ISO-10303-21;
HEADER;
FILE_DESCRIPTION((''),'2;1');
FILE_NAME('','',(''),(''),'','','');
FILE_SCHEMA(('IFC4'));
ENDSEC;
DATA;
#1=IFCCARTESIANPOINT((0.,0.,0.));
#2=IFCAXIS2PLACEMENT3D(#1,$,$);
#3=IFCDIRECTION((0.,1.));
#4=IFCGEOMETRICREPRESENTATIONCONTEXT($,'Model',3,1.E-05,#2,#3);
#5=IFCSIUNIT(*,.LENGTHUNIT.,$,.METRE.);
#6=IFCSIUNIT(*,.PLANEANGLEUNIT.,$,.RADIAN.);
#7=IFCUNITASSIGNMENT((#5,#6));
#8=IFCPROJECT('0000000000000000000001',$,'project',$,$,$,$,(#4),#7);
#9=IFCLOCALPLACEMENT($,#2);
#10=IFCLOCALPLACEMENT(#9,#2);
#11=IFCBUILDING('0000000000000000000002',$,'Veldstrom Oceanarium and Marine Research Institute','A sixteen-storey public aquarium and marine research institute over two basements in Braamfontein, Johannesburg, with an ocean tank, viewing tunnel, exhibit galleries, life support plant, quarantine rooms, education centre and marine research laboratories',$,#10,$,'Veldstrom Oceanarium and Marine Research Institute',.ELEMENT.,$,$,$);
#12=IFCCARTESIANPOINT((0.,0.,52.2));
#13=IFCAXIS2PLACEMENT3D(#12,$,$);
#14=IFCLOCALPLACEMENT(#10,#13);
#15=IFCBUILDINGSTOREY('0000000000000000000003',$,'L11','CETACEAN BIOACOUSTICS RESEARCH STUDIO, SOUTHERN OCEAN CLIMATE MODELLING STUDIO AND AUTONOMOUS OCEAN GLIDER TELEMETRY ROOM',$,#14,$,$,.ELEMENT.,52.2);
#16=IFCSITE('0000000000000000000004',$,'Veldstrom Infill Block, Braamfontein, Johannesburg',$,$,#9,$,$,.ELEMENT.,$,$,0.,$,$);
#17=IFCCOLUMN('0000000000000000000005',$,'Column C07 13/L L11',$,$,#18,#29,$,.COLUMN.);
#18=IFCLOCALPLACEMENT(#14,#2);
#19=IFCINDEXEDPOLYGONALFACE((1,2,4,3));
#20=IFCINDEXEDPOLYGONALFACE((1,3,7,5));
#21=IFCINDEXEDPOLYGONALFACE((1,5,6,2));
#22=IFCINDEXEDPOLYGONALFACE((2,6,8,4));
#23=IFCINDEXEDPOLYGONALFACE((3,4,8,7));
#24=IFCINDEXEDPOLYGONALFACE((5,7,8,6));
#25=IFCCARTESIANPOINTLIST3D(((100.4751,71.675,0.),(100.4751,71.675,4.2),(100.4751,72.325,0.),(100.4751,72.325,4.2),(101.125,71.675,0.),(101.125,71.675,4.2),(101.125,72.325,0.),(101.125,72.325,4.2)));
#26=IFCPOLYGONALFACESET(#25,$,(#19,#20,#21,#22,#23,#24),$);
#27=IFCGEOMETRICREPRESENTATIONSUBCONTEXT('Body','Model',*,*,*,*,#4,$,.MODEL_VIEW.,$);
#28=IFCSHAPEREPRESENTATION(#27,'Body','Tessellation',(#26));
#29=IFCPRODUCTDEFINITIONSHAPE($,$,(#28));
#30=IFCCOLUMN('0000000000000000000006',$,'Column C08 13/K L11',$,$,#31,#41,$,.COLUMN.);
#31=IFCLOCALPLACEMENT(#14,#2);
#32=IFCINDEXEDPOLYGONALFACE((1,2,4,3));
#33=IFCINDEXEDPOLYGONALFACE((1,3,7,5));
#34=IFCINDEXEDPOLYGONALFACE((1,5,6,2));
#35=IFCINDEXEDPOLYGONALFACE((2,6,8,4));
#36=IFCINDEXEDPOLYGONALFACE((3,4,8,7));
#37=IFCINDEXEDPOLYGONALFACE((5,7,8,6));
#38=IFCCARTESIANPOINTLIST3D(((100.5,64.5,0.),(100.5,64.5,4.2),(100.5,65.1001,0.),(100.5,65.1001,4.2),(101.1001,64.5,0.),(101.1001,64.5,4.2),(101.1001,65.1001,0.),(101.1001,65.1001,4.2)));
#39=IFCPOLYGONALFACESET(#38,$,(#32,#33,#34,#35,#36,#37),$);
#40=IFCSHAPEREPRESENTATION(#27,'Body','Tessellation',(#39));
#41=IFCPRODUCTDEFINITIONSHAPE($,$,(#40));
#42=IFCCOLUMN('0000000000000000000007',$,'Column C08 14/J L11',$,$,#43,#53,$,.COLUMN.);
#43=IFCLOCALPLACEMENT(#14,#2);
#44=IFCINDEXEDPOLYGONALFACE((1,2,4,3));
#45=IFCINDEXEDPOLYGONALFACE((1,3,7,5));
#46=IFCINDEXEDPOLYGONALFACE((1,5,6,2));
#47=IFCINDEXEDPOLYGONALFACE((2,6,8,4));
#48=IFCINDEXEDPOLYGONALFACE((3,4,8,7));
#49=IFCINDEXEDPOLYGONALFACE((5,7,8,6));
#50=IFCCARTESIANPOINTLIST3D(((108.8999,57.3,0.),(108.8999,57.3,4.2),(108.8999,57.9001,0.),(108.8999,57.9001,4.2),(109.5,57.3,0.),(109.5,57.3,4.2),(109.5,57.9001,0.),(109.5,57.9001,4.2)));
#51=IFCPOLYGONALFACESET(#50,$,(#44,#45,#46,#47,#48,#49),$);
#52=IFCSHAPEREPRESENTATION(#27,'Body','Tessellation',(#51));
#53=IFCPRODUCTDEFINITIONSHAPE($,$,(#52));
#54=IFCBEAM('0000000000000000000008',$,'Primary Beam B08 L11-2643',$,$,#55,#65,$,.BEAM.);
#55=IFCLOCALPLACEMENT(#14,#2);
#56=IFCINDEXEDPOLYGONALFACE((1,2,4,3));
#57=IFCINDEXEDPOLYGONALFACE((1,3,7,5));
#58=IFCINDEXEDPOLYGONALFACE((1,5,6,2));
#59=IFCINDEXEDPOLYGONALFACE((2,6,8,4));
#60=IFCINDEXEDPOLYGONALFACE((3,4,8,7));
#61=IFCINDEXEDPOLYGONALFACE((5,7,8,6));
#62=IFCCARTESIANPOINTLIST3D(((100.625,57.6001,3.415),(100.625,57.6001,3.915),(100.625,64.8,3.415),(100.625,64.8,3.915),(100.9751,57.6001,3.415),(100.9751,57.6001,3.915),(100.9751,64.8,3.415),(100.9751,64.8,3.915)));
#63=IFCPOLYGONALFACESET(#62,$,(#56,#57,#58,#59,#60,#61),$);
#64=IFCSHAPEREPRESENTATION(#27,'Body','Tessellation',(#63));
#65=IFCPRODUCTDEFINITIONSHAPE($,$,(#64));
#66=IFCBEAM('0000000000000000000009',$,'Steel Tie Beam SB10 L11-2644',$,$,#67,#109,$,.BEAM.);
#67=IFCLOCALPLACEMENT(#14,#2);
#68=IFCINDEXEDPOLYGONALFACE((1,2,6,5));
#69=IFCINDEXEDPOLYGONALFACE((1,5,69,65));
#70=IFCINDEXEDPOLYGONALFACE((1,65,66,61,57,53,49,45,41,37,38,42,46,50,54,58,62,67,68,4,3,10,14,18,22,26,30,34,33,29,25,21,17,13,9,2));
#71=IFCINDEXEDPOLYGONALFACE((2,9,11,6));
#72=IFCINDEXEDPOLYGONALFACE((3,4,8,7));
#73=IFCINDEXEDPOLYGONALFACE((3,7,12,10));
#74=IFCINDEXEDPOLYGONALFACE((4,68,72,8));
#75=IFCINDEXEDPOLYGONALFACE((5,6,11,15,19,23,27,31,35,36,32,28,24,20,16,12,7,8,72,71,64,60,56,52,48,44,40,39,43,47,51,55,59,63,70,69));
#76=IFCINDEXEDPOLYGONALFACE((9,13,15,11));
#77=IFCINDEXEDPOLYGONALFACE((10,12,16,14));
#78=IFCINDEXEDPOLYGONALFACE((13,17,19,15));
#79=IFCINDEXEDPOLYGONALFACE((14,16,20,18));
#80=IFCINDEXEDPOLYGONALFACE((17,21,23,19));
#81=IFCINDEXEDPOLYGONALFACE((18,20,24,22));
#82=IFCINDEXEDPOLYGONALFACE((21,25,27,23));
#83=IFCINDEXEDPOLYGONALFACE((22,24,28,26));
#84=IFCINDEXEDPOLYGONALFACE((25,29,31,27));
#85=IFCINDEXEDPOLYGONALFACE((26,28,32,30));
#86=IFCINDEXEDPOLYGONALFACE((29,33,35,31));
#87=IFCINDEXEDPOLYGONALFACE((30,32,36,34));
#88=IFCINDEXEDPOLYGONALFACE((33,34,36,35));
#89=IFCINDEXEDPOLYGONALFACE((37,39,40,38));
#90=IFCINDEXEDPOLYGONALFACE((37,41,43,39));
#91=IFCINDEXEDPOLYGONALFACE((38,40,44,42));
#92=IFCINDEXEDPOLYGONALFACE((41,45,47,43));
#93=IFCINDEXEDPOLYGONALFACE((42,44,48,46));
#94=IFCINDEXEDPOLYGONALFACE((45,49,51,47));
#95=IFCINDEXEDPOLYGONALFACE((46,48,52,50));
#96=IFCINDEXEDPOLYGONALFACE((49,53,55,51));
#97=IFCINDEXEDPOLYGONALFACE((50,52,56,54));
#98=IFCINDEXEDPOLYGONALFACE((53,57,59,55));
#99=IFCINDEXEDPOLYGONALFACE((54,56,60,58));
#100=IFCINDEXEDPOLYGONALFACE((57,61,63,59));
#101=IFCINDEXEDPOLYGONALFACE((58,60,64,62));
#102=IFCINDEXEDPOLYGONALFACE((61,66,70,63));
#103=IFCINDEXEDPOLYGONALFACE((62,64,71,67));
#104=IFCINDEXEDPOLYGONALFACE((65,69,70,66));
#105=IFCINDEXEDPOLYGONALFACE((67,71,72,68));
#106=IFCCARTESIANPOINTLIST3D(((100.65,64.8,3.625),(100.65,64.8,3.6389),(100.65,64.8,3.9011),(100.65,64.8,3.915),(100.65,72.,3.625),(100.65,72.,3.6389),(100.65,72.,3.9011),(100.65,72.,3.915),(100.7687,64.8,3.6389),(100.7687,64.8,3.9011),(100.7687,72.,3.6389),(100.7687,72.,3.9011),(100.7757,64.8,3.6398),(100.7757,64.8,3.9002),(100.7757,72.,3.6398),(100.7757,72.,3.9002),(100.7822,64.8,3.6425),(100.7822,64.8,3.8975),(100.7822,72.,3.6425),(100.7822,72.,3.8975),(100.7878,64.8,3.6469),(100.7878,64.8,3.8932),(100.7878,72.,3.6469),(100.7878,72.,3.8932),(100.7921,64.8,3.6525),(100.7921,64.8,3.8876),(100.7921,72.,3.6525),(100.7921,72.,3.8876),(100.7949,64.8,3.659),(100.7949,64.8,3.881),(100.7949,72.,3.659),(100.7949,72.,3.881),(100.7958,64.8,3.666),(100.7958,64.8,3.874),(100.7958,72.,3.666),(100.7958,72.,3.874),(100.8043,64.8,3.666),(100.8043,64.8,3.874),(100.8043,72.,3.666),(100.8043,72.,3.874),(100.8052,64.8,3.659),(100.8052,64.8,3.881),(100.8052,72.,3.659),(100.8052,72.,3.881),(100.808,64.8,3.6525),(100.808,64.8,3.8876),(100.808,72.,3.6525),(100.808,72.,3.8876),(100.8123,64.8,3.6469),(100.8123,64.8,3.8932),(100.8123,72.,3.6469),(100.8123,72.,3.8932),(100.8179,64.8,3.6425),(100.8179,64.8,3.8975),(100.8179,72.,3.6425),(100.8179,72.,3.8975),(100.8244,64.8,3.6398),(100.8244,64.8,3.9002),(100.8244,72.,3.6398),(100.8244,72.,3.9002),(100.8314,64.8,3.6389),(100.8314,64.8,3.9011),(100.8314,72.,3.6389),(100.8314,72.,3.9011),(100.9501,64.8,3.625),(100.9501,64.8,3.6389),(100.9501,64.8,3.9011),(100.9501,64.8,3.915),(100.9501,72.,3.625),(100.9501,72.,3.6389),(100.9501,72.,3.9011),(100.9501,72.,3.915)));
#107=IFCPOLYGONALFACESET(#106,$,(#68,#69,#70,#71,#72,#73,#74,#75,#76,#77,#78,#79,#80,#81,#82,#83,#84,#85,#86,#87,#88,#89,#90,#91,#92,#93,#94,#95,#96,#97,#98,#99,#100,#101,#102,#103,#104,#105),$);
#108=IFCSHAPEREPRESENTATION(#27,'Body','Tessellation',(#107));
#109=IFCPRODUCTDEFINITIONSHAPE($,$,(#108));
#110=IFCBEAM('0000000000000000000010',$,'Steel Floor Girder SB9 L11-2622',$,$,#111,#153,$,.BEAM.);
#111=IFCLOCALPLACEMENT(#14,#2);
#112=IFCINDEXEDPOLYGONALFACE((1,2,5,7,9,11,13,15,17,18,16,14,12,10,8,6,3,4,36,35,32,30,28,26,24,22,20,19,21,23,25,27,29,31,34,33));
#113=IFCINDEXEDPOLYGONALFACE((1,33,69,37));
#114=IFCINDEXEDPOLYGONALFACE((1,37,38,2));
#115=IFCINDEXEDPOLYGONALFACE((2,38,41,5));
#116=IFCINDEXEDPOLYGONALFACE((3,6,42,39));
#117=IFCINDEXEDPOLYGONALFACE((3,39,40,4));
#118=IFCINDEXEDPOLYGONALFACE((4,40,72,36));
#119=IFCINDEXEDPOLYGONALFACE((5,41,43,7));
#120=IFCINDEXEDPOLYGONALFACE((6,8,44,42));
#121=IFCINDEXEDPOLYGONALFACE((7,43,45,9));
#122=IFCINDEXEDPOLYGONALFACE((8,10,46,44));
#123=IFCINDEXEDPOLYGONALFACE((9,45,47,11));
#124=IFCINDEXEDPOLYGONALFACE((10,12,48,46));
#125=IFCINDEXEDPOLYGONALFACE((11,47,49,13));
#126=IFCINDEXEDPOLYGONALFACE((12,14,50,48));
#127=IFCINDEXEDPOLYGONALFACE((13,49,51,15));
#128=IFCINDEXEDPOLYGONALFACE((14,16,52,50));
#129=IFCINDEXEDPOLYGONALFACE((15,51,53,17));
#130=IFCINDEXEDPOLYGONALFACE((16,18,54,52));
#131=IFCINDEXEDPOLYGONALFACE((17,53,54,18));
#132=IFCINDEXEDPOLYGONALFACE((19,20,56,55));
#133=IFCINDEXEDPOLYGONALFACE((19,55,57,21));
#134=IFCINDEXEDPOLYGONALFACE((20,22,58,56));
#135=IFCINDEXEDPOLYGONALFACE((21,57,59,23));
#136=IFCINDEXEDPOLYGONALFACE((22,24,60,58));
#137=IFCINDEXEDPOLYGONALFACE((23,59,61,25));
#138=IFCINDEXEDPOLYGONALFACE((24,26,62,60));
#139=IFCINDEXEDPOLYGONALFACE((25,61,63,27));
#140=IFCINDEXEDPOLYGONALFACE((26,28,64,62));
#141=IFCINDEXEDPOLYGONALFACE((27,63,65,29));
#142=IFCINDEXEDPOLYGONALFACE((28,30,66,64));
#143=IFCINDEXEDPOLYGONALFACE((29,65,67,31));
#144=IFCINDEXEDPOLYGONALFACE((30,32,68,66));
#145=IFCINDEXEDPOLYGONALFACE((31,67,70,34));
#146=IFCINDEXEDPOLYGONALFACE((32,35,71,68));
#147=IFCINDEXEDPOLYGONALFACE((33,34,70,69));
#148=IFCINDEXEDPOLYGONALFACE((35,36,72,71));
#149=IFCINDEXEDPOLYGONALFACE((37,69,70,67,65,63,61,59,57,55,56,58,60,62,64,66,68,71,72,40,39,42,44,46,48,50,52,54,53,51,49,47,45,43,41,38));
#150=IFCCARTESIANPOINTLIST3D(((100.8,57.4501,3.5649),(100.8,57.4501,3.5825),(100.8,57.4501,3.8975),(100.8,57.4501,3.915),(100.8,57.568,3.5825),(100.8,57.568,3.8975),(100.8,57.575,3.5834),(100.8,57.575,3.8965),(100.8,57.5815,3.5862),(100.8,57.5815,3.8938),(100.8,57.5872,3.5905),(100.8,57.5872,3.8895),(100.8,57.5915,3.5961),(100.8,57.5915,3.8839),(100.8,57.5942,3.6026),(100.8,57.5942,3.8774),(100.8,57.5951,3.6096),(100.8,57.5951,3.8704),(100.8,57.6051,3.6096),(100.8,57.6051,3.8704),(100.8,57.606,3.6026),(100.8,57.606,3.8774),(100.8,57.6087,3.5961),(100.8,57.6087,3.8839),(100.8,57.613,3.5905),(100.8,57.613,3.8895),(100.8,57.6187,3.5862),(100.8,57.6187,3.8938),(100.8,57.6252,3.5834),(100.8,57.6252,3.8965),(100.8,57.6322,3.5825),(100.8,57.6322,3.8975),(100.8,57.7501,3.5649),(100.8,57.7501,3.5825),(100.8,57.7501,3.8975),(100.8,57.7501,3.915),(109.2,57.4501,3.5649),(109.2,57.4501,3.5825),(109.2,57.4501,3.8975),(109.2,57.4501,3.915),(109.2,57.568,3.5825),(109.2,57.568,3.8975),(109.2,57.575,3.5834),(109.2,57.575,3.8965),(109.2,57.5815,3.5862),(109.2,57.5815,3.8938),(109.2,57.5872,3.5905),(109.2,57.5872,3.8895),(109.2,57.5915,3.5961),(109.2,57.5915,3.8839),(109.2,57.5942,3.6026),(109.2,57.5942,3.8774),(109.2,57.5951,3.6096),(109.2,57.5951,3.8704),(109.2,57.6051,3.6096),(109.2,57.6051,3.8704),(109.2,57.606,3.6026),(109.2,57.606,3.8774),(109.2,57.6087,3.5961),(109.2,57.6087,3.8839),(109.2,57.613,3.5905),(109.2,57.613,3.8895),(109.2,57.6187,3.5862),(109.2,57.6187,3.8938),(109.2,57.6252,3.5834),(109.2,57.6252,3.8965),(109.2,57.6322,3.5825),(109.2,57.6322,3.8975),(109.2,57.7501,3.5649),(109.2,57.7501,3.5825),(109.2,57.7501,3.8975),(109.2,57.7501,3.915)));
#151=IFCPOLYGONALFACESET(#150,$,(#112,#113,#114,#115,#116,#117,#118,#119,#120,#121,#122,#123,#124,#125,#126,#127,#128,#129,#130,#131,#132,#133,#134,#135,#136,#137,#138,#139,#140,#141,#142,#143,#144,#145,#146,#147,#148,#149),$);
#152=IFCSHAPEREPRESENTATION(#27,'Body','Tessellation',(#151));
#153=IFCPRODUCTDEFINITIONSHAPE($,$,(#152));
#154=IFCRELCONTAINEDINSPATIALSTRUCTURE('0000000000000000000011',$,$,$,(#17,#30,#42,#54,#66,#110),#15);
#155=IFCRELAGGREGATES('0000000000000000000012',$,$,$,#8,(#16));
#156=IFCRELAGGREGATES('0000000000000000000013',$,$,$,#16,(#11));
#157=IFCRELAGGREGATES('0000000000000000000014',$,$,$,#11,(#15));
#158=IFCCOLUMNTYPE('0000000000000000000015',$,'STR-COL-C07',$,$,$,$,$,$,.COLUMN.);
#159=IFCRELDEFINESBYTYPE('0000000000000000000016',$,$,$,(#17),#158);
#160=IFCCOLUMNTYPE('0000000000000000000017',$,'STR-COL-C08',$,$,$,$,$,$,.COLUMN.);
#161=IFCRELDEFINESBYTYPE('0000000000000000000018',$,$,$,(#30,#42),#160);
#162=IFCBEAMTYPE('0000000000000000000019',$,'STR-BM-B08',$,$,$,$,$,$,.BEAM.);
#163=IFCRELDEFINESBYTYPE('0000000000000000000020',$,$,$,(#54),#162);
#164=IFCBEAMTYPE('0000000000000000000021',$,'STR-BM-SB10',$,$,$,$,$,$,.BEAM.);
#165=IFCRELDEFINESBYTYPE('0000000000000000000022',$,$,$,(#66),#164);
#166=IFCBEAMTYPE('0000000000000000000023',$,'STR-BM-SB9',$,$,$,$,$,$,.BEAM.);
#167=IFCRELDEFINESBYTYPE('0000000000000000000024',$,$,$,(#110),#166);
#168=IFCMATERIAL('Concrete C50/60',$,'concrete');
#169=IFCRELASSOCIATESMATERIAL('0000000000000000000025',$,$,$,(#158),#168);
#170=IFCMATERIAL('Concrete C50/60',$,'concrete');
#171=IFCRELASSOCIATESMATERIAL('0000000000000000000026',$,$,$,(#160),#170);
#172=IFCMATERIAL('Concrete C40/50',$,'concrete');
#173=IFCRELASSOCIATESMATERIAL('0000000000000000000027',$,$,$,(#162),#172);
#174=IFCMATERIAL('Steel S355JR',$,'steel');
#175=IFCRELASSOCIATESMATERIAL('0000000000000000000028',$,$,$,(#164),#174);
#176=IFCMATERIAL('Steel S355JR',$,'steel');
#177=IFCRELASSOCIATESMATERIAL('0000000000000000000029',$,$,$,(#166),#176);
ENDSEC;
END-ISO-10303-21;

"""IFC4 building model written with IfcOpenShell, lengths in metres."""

from ifc_helpers import new_model, si_unit, direction, frame, origin, origin_2d, place, context, subcontext, project, spatial, rectangle, i_section, extrude, material, material_profile, profile_set, type_object, element, save


model = new_model("IFC4")

# Units and contexts
model_context = context("Model", 3, precision=1e-05, world=origin(), true_north=direction((0.0, 1.0)))
body_context = subcontext(model_context, "Body", "Model", "MODEL_VIEW")
ifc_project = project(units=[si_unit("LENGTHUNIT", "METRE"), si_unit("PLANEANGLEUNIT", "RADIAN")], contexts=[model_context])

# Site, building, storey
site_placement = place(None, origin())
site = spatial("IfcSite", under=ifc_project, at=site_placement, Name="Veldstrom Infill Block, Braamfontein, Johannesburg", CompositionType="ELEMENT", RefElevation=0.0)
building_placement = place(site_placement, origin())
building = spatial("IfcBuilding", under=site, at=building_placement, Name="Veldstrom Oceanarium and Marine Research Institute", Description="A sixteen-storey public aquarium and marine research institute over two basements in Braamfontein, Johannesburg, with an ocean tank, viewing tunnel, exhibit galleries, life support plant, quarantine rooms, education centre and marine research laboratories", LongName="Veldstrom Oceanarium and Marine Research Institute", CompositionType="ELEMENT")
storey_placement = place(building_placement, frame((0.0, 0.0, 52.2)))
storey = spatial("IfcBuildingStorey", under=building, at=storey_placement, Name="L11", Description="CETACEAN BIOACOUSTICS RESEARCH STUDIO, SOUTHERN OCEAN CLIMATE MODELLING STUDIO AND AUTONOMOUS OCEAN GLIDER TELEMETRY ROOM", CompositionType="ELEMENT", Elevation=52.2)

# Columns
ifc_material_1 = material(Name="Concrete C50/60", Category="concrete")
ifc_material_profile_1 = material_profile(ifc_material_1, rectangle(XDim=0.6499, YDim=0.6499, at=origin_2d()), Name="RC-COL-650x650")
ifc_profile_set_1 = profile_set([ifc_material_profile_1], Name="Concrete C50/60")
column_type_1 = type_object("IfcColumnType", Name="STR-COL-C07", PredefinedType="COLUMN", material=ifc_profile_set_1)
column_placement = place(storey_placement, frame((100.8, 72.0, 0.0), z_axis=(0.0, 0.0, 1.0), x_axis=(1.0, 0.0, 0.0)))
element("IfcColumn", 1, at=column_placement, inside=storey, type_object=column_type_1, Name="Column C07 13/L L11", PredefinedType="COLUMN", context=body_context, shape_type="SweptSolid", body=[
    extrude(rectangle(XDim=0.6499, YDim=0.6499, at=origin_2d()), origin(), (0.0, 0.0, 1.0), 4.2),
])
ifc_material_2 = material(Name="Concrete C50/60", Category="concrete")
ifc_material_profile_2 = material_profile(ifc_material_2, rectangle(XDim=0.6001, YDim=0.6001, at=origin_2d()), Name="RC-COL-600x600")
ifc_profile_set_2 = profile_set([ifc_material_profile_2], Name="Concrete C50/60")
column_type_2 = type_object("IfcColumnType", Name="STR-COL-C08", PredefinedType="COLUMN", material=ifc_profile_set_2)
for number, where, z_axis, x_axis, name in (
    (2, (100.8, 64.8, 0.0), (0.0, 0.0, 1.0), (1.0, 0.0, 0.0), "Column C08 13/K L11"),
    (3, (109.2, 57.6001, 0.0), (0.0, 0.0, 1.0), (1.0, 0.0, 0.0), "Column C08 14/J L11"),
):
    element("IfcColumn", number, at=place(storey_placement, frame(where, z_axis=z_axis, x_axis=x_axis)), inside=storey, type_object=column_type_2, Name=name, PredefinedType="COLUMN", context=body_context, shape_type="SweptSolid", body=[
        extrude(rectangle(XDim=0.6001, YDim=0.6001, at=origin_2d()), origin(), (0.0, 0.0, 1.0), 4.2),
    ])

# Beams
ifc_material_3 = material(Name="Concrete C40/50", Category="concrete")
ifc_material_profile_3 = material_profile(ifc_material_3, rectangle(XDim=0.3501, YDim=0.5, at=origin_2d()), Name="RC-BM-350x500")
ifc_profile_set_3 = profile_set([ifc_material_profile_3], Name="Concrete C40/50")
beam_type_1 = type_object("IfcBeamType", Name="STR-BM-B08", PredefinedType="BEAM", material=ifc_profile_set_3)
beam_1_placement = place(storey_placement, frame((100.8, 57.6001, 3.665), z_axis=(0.0, 1.0, 0.0), x_axis=(-1.0, 0.0, 0.0)))
element("IfcBeam", 4, at=beam_1_placement, inside=storey, type_object=beam_type_1, Name="Primary Beam B08 L11-2643", PredefinedType="BEAM", context=body_context, shape_type="SweptSolid", body=[
    extrude(rectangle(XDim=0.3501, YDim=0.5, at=origin_2d()), origin(), (0.0, 0.0, 1.0), 7.2),
])
ifc_material_4 = material(Name="Steel S355JR", Category="steel")
ifc_material_profile_4 = material_profile(ifc_material_4, i_section(OverallWidth=0.3, OverallDepth=0.29, WebThickness=0.0085, FlangeThickness=0.0139, FilletRadius=0.0271, at=origin_2d()), Name="HEA 300")
ifc_profile_set_4 = profile_set([ifc_material_profile_4], Name="Steel S355JR")
beam_type_2 = type_object("IfcBeamType", Name="STR-BM-SB10", PredefinedType="BEAM", material=ifc_profile_set_4)
beam_2_placement = place(storey_placement, frame((100.8, 64.8, 3.77), z_axis=(0.0, 1.0, 0.0), x_axis=(-1.0, 0.0, 0.0)))
element("IfcBeam", 5, at=beam_2_placement, inside=storey, type_object=beam_type_2, Name="Steel Tie Beam SB10 L11-2644", PredefinedType="BEAM", context=body_context, shape_type="SweptSolid", body=[
    extrude(i_section(OverallWidth=0.3, OverallDepth=0.29, WebThickness=0.0085, FlangeThickness=0.0139, FilletRadius=0.0271, at=origin_2d()), origin(), (0.0, 0.0, 1.0), 7.2),
])
ifc_material_5 = material(Name="Steel S355JR", Category="steel")
ifc_material_profile_5 = material_profile(ifc_material_5, i_section(OverallWidth=0.3, OverallDepth=0.3501, WebThickness=0.01, FlangeThickness=0.0176, FilletRadius=0.0271, at=origin_2d()), Name="HEA 360")
ifc_profile_set_5 = profile_set([ifc_material_profile_5], Name="Steel S355JR")
beam_type_3 = type_object("IfcBeamType", Name="STR-BM-SB9", PredefinedType="BEAM", material=ifc_profile_set_5)
for number, where, z_axis, x_axis, name in (
    (6, (100.8, 57.6001, 3.74), (1.0, 0.0, 0.0), (0.0, 1.0, 0.0), "Steel Floor Girder SB9 L11-2622"),
):
    element("IfcBeam", number, at=place(storey_placement, frame(where, z_axis=z_axis, x_axis=x_axis)), inside=storey, type_object=beam_type_3, Name=name, PredefinedType="BEAM", context=body_context, shape_type="SweptSolid", body=[
        extrude(i_section(OverallWidth=0.3, OverallDepth=0.3501, WebThickness=0.01, FlangeThickness=0.0176, FilletRadius=0.0271, at=origin_2d()), origin(), (0.0, 0.0, 1.0), 8.3999),
    ])

save(model, "model.ifc")
